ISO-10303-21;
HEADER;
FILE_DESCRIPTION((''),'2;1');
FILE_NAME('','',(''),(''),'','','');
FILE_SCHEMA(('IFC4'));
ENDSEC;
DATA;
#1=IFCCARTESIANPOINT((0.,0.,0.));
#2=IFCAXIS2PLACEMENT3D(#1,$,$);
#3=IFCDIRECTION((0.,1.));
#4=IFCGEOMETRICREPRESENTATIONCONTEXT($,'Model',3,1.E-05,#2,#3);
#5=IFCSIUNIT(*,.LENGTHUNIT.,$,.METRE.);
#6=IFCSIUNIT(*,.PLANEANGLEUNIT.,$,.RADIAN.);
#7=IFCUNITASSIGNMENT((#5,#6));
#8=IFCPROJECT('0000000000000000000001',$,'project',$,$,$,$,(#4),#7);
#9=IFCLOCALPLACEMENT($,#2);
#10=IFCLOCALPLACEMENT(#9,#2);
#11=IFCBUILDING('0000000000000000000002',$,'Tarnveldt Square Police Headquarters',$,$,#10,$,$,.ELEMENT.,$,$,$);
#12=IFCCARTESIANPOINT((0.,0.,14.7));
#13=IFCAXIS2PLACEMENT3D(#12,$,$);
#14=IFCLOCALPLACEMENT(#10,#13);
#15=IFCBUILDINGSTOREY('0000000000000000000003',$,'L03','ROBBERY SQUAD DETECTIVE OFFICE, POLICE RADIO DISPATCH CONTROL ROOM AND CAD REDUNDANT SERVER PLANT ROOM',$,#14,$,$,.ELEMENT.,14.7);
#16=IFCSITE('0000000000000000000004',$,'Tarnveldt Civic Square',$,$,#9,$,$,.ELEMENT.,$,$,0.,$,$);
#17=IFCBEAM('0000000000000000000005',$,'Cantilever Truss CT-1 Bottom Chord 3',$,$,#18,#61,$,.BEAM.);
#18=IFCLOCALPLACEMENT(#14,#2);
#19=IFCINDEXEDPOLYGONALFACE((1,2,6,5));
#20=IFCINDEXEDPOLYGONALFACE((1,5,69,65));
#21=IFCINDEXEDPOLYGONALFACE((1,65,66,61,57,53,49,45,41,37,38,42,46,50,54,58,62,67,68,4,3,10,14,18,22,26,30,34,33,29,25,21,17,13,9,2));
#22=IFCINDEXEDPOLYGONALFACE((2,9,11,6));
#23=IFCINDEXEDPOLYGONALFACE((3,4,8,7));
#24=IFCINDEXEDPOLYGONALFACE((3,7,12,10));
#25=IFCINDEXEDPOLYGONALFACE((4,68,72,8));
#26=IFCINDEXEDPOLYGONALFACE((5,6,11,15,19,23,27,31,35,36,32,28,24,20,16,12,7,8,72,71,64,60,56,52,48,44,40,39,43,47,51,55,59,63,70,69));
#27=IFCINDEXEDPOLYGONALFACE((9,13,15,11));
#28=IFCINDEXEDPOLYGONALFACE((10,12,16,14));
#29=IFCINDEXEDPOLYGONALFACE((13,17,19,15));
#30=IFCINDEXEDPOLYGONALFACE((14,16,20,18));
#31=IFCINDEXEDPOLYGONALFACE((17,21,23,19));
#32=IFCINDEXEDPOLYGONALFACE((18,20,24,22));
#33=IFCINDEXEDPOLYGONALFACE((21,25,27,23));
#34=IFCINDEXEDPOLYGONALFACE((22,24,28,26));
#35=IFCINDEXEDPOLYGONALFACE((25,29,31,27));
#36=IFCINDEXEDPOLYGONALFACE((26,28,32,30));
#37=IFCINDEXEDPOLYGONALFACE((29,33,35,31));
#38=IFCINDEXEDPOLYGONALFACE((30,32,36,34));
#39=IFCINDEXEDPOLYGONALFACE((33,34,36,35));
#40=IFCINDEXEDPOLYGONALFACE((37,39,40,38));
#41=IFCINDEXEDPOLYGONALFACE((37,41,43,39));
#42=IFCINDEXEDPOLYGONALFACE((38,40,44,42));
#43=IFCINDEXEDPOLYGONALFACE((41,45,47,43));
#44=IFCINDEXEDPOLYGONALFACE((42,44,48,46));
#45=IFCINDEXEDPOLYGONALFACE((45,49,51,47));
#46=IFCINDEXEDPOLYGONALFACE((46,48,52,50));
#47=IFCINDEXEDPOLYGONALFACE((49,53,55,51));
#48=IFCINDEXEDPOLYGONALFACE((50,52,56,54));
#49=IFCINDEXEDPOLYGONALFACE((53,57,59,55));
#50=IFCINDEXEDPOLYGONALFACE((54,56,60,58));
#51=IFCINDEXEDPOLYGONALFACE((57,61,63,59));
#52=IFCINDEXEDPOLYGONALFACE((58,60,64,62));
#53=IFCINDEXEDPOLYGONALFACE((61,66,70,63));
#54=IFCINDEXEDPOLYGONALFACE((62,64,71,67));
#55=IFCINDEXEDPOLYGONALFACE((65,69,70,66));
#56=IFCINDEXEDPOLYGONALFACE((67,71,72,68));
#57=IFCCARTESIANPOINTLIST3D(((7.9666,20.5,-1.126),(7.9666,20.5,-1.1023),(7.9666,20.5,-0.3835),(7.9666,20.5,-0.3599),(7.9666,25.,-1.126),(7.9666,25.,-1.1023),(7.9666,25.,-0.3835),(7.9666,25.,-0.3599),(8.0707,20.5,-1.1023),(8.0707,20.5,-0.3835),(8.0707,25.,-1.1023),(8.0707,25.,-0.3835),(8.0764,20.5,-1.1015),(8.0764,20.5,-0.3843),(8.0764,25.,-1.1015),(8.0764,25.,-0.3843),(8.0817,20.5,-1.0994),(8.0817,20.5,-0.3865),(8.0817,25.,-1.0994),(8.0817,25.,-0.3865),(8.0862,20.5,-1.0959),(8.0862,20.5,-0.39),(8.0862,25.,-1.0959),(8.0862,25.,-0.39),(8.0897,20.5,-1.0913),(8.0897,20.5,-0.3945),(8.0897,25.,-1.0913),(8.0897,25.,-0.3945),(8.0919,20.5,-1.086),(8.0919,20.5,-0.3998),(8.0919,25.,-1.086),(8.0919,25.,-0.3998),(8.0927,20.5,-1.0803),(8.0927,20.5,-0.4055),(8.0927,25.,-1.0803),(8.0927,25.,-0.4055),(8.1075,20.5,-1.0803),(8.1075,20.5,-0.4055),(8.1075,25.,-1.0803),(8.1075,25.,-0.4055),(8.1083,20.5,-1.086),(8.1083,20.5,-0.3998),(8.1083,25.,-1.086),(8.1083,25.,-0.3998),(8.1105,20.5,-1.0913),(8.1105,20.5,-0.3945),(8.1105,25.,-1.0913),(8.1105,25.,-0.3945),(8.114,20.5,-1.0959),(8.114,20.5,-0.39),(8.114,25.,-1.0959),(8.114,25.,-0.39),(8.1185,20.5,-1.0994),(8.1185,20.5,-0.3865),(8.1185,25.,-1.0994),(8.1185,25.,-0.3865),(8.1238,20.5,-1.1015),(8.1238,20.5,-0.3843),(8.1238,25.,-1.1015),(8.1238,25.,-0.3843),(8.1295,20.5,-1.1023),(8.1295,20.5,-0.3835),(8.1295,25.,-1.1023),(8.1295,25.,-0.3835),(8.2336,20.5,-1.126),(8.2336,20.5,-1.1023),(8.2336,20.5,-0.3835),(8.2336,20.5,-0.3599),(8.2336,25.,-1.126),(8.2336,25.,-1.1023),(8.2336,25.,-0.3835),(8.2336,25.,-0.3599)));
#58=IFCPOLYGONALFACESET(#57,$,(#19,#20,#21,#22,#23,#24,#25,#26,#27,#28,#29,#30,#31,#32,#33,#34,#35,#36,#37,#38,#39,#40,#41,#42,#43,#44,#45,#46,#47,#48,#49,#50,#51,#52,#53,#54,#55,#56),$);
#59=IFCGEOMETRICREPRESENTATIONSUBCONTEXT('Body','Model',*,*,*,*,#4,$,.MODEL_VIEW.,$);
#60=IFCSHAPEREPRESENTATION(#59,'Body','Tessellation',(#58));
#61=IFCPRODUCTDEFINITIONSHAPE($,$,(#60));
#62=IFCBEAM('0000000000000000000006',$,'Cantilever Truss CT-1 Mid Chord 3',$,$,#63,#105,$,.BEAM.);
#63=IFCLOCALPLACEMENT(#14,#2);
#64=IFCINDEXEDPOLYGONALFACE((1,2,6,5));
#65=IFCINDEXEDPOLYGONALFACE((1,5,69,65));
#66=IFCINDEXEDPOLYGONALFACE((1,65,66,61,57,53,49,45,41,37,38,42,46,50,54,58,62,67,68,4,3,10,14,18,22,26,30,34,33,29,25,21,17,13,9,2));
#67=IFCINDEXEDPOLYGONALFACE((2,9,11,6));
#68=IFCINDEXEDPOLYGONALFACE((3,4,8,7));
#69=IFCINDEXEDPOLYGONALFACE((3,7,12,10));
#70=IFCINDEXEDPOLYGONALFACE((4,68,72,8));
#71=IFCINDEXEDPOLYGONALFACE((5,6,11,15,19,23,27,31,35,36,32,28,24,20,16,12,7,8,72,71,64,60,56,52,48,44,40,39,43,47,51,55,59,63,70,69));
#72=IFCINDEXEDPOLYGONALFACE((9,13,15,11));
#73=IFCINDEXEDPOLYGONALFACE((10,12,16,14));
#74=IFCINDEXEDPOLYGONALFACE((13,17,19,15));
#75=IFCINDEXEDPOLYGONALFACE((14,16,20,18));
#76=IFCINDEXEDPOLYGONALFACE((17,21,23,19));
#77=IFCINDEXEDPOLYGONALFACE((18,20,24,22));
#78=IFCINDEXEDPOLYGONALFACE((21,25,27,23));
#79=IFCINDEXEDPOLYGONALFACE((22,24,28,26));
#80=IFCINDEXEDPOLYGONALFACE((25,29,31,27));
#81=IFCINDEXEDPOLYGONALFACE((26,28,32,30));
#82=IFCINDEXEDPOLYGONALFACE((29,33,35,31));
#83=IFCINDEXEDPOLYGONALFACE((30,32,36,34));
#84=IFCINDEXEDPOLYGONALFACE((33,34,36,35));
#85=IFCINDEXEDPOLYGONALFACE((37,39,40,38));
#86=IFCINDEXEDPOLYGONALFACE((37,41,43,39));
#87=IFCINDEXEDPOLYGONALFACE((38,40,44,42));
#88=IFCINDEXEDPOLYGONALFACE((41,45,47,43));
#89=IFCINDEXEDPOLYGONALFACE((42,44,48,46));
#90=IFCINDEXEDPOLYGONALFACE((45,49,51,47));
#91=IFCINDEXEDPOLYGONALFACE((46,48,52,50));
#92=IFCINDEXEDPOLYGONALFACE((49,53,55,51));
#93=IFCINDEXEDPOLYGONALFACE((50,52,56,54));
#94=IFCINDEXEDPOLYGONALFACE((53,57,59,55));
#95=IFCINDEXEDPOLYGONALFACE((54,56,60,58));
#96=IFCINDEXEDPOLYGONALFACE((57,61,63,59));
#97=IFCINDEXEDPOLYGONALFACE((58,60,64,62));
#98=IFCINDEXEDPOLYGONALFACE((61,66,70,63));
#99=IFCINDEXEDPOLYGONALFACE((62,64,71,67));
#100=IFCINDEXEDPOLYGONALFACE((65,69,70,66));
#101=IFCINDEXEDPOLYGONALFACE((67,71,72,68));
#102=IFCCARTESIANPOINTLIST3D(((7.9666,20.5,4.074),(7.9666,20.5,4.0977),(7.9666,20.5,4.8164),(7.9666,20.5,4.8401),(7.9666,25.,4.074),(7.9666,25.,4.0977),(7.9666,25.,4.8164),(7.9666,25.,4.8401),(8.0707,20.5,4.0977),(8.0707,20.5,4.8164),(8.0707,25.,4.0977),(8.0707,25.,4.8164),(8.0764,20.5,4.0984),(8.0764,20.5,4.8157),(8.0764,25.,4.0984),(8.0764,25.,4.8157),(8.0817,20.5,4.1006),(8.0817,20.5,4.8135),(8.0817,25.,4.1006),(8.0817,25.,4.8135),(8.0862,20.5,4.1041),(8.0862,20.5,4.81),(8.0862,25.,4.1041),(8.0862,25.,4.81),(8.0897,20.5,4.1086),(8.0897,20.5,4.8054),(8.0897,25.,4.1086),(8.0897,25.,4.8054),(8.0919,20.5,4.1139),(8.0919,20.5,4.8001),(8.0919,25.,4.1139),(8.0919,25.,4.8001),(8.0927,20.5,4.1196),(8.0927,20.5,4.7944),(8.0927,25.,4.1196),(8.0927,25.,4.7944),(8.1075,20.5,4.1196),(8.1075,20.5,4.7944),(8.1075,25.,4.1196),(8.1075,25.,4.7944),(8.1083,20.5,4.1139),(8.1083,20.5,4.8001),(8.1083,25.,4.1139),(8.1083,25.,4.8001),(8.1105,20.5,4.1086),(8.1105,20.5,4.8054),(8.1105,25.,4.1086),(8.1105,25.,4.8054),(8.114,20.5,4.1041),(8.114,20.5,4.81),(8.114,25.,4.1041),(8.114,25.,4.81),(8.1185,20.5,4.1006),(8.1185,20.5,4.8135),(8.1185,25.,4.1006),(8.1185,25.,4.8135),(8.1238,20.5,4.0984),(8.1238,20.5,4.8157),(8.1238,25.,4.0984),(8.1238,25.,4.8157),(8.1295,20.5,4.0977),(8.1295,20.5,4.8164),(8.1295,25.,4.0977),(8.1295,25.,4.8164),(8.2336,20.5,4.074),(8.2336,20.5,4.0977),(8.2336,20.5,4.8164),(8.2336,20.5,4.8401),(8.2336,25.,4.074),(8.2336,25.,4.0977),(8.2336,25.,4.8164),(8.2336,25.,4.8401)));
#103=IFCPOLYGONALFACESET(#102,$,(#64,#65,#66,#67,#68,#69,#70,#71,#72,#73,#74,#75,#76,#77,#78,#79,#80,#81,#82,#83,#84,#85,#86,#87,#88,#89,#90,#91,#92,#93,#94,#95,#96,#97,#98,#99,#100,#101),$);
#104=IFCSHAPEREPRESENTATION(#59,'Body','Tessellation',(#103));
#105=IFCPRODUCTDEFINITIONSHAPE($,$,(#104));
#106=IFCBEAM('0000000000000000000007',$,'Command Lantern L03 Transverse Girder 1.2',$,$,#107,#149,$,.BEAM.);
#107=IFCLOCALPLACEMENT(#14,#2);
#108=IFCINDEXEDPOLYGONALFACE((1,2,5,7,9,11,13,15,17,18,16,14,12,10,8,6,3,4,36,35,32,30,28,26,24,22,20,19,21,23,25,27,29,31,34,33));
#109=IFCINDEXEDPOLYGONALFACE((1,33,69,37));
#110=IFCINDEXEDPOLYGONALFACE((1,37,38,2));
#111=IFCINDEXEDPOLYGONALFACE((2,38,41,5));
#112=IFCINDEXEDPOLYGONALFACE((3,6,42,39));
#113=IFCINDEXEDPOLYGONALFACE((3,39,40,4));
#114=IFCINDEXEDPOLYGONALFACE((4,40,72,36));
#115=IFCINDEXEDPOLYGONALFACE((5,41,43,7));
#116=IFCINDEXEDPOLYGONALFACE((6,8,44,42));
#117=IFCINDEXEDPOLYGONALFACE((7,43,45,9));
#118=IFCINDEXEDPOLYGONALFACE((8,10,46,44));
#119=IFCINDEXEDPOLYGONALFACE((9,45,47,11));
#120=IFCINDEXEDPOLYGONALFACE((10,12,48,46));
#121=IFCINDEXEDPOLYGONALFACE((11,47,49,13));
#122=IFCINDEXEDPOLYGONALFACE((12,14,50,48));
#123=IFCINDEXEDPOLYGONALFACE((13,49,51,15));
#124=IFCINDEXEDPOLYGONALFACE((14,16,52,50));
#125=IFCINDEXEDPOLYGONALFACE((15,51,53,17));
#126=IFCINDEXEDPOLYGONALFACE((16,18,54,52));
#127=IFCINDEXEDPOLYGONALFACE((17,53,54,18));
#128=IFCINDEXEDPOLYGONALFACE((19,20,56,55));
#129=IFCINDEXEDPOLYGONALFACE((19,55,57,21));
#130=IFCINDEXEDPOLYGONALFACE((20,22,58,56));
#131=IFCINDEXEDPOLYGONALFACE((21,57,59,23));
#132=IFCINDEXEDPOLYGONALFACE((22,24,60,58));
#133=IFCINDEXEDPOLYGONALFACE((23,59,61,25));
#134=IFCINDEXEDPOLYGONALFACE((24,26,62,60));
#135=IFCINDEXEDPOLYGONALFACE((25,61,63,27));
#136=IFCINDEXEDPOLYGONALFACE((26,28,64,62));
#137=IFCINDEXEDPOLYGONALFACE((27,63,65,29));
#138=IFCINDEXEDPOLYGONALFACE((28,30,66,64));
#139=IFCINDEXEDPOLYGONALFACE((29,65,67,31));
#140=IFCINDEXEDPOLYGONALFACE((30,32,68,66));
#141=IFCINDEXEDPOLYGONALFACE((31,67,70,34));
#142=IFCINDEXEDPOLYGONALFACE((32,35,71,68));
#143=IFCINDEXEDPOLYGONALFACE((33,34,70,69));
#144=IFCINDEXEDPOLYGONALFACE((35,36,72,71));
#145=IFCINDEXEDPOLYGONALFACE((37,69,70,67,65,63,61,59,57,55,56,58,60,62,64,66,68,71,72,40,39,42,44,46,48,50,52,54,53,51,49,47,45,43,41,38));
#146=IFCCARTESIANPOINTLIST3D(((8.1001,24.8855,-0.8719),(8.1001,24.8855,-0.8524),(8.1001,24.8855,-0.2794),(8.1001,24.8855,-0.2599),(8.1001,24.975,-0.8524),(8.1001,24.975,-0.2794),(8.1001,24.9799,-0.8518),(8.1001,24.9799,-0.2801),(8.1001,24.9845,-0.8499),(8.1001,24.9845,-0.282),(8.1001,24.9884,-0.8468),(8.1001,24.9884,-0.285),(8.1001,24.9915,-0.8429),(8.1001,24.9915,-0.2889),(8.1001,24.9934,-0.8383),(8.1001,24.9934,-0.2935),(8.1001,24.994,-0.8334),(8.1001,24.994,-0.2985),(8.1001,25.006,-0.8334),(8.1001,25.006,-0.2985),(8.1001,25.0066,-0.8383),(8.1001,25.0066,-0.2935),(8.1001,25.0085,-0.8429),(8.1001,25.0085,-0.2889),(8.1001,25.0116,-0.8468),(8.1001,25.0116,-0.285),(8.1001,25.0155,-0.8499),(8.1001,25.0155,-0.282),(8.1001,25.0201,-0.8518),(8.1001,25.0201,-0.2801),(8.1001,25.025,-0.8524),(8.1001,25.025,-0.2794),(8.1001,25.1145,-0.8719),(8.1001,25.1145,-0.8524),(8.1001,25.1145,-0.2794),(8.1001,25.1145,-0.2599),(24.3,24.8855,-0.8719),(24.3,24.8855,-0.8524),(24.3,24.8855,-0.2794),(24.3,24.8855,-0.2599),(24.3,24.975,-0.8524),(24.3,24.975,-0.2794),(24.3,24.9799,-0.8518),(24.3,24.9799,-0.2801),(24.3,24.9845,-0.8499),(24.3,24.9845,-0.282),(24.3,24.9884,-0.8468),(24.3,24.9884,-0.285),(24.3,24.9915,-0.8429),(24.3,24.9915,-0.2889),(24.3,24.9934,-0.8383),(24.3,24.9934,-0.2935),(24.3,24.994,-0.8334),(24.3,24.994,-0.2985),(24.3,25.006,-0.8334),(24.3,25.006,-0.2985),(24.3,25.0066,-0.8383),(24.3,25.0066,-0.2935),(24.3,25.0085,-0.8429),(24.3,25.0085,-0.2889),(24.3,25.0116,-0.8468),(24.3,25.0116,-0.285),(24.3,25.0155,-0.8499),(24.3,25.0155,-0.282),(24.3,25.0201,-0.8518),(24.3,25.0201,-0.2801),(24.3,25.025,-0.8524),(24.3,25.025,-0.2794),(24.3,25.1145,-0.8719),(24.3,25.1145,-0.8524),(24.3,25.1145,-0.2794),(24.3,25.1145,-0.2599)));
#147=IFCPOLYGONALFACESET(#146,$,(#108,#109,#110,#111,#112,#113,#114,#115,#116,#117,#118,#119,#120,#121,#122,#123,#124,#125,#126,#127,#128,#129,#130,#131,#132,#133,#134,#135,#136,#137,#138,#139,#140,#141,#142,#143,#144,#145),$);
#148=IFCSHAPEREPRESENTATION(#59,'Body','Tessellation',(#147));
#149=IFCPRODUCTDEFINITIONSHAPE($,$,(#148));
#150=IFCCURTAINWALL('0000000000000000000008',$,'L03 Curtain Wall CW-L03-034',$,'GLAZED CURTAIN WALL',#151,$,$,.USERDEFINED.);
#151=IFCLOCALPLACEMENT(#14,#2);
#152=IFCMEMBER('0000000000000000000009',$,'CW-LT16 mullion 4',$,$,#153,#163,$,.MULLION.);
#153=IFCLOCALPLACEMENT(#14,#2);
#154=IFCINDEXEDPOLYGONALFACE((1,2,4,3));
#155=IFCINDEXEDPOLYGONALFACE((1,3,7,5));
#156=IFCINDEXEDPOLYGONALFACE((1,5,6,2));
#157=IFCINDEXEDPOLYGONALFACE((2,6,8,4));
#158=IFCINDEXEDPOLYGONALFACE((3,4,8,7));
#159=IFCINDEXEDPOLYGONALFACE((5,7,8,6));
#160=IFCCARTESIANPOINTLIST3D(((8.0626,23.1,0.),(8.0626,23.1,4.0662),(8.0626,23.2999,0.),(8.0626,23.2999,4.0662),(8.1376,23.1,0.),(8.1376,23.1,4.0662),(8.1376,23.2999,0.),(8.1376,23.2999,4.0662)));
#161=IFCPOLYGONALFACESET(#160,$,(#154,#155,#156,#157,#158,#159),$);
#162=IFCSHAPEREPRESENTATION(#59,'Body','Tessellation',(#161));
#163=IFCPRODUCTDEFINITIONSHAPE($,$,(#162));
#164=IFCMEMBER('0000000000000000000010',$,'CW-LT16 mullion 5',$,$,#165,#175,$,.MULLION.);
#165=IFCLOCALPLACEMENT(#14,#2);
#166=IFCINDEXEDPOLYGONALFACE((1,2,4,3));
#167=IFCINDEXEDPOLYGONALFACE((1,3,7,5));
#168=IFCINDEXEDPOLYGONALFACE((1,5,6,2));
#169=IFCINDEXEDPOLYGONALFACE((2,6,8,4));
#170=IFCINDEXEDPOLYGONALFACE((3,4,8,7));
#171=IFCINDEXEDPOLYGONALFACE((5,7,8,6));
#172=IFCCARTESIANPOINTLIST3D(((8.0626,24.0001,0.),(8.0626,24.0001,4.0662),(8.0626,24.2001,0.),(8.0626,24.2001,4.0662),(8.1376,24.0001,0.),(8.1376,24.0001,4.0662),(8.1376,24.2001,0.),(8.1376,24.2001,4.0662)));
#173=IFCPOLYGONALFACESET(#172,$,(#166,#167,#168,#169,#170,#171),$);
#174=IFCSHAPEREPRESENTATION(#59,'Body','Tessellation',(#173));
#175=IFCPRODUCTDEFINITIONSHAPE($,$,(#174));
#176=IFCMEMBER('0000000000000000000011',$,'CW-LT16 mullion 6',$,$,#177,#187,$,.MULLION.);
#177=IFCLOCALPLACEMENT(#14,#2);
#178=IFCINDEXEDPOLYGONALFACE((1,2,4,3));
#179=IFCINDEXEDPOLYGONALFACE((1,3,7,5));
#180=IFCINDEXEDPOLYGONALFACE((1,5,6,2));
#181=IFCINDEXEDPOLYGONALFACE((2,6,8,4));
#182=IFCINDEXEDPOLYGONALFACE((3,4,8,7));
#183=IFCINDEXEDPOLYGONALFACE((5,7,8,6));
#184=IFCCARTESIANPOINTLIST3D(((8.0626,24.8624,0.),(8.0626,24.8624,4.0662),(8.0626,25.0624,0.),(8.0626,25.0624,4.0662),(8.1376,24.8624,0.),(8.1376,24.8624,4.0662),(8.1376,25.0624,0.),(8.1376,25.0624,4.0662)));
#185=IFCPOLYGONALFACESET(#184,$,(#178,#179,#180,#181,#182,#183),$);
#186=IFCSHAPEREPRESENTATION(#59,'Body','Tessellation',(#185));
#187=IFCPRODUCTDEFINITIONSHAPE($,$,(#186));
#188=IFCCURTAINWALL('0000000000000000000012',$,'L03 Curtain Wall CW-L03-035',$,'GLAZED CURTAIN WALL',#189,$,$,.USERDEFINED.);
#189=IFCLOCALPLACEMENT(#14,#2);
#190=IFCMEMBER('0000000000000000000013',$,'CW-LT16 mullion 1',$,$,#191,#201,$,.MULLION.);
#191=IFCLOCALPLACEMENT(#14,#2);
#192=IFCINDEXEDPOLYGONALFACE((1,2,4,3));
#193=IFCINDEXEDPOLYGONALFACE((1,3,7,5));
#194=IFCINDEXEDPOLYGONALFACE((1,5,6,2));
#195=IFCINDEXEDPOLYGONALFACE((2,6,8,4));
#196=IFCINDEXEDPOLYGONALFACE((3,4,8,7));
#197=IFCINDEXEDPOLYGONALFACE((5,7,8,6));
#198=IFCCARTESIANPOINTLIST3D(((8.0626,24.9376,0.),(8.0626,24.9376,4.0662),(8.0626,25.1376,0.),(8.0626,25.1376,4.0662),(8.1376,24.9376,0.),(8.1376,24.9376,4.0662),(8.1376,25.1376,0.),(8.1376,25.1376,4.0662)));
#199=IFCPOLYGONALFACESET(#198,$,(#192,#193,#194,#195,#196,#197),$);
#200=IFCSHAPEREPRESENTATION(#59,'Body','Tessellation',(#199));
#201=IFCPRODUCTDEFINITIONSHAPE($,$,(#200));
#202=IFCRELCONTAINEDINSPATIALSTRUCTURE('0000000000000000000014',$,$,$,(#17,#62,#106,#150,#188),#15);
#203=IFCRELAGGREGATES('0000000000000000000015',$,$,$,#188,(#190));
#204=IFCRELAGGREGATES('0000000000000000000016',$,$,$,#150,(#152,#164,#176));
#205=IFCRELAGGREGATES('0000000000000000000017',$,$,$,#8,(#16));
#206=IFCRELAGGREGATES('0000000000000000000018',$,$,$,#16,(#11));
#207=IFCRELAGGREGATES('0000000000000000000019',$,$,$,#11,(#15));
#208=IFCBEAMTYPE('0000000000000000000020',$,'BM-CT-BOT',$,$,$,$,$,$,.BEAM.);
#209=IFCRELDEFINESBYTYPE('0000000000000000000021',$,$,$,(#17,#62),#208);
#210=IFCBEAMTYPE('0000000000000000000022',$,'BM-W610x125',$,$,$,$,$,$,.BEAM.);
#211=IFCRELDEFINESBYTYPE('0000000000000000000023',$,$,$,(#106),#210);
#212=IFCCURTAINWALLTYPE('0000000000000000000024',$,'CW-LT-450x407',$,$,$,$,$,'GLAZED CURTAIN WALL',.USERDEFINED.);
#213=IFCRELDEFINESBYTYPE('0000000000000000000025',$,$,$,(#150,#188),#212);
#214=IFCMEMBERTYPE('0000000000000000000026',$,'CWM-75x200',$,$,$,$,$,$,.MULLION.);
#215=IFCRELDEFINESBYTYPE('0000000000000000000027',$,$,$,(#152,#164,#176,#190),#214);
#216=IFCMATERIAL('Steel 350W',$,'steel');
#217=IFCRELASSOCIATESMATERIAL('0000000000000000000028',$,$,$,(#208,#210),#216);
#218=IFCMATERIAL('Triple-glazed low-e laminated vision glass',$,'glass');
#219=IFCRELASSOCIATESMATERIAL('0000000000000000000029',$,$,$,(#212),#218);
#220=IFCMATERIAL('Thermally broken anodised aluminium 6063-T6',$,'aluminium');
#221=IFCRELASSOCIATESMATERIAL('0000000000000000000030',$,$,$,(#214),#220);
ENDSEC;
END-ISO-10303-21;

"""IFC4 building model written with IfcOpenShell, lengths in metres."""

from ifc_helpers import new_model, si_unit, direction, frame, origin, origin_2d, place, context, subcontext, project, spatial, rectangle, i_section, extrude, material, material_profile, profile_set, type_object, element, aggregate, save


model = new_model("IFC4")

# Units and contexts
model_context = context("Model", 3, precision=1e-05, world=origin(), true_north=direction((0.0, 1.0)))
body_context = subcontext(model_context, "Body", "Model", "MODEL_VIEW")
ifc_project = project(units=[si_unit("LENGTHUNIT", "METRE"), si_unit("PLANEANGLEUNIT", "RADIAN")], contexts=[model_context])

# Site, building, storey
site_placement = place(None, origin())
site = spatial("IfcSite", under=ifc_project, at=site_placement, Name="Tarnveldt Civic Square", CompositionType="ELEMENT", RefElevation=0.0)
building_placement = place(site_placement, origin())
building = spatial("IfcBuilding", under=site, at=building_placement, Name="Tarnveldt Square Police Headquarters", CompositionType="ELEMENT")
storey_placement = place(building_placement, frame((0.0, 0.0, 14.7)))
storey = spatial("IfcBuildingStorey", under=building, at=storey_placement, Name="L03", Description="ROBBERY SQUAD DETECTIVE OFFICE, POLICE RADIO DISPATCH CONTROL ROOM AND CAD REDUNDANT SERVER PLANT ROOM", CompositionType="ELEMENT", Elevation=14.7)

# Beams
ifc_material_1 = material(Name="Steel 350W", Category="steel")
ifc_material_profile_1 = material_profile(ifc_material_1, i_section(OverallWidth=0.2671, OverallDepth=0.7661, WebThickness=0.0149, FlangeThickness=0.0237, FilletRadius=0.022, at=origin_2d()), Name="W760x185")
ifc_profile_set_1 = profile_set([ifc_material_profile_1], Name="Steel 350W")
beam_type_1 = type_object("IfcBeamType", Name="BM-CT-BOT", PredefinedType="BEAM", material=ifc_profile_set_1)
for number, where, z_axis, x_axis, name in (
    (1, (8.1001, 25.0, -0.7429), (0.0, -1.0, 0.0), (1.0, 0.0, 0.0), "Cantilever Truss CT-1 Bottom Chord 3"),
    (2, (8.1001, 25.0, 4.457), (0.0, -1.0, 0.0), (1.0, 0.0, 0.0), "Cantilever Truss CT-1 Mid Chord 3"),
):
    element("IfcBeam", number, at=place(storey_placement, frame(where, z_axis=z_axis, x_axis=x_axis)), inside=storey, type_object=beam_type_1, Name=name, PredefinedType="BEAM", context=body_context, shape_type="SweptSolid", body=[
        extrude(i_section(OverallWidth=0.2671, OverallDepth=0.7661, WebThickness=0.0149, FlangeThickness=0.0237, FilletRadius=0.022, at=origin_2d()), origin(), (0.0, 0.0, 1.0), 4.5),
    ])
ifc_material_profile_2 = material_profile(ifc_material_1, i_section(OverallWidth=0.229, OverallDepth=0.6121, WebThickness=0.012, FlangeThickness=0.0195, FilletRadius=0.019, at=origin_2d()), Name="W610x125")
ifc_profile_set_2 = profile_set([ifc_material_profile_2], Name="Steel 350W")
beam_type_2 = type_object("IfcBeamType", Name="BM-W610x125", PredefinedType="BEAM", material=ifc_profile_set_2)
beam_placement = place(storey_placement, frame((8.1001, 25.0, -0.5659), z_axis=(1.0, 0.0, 0.0), x_axis=(0.0, 1.0, 0.0)))
element("IfcBeam", 3, at=beam_placement, inside=storey, type_object=beam_type_2, Name="Command Lantern L03 Transverse Girder 1.2", PredefinedType="BEAM", context=body_context, shape_type="SweptSolid", body=[
    extrude(i_section(OverallWidth=0.229, OverallDepth=0.6121, WebThickness=0.012, FlangeThickness=0.0195, FilletRadius=0.019, at=origin_2d()), origin(), (0.0, 0.0, 1.0), 16.2),
])

# Curtain wall, members
ifc_material_2 = material(Name="Triple-glazed low-e laminated vision glass", Category="glass")
curtain_wall_type = type_object("IfcCurtainWallType", Name="CW-LT-450x407", ElementType="GLAZED CURTAIN WALL", PredefinedType="USERDEFINED", material=ifc_material_2)
curtain_wall_1_placement = place(storey_placement, origin())
curtain_wall_1 = element("IfcCurtainWall", 4, at=curtain_wall_1_placement, inside=storey, type_object=curtain_wall_type, Name="L03 Curtain Wall CW-L03-034", ObjectType="GLAZED CURTAIN WALL", PredefinedType="USERDEFINED")
ifc_material_3 = material(Name="Thermally broken anodised aluminium 6063-T6", Category="aluminium")
ifc_material_profile_3 = material_profile(ifc_material_3, rectangle(XDim=0.075, YDim=0.2, at=origin_2d()), Name="CW-M75x200")
ifc_profile_set_3 = profile_set([ifc_material_profile_3], Name="Thermally broken anodised aluminium 6063-T6")
member_type_1 = type_object("IfcMemberType", Name="CWM-75x200", PredefinedType="MULLION", material=ifc_profile_set_3)
member_1_placement = place(storey_placement, frame((8.1001, 23.2, 0.0), z_axis=(0.0, 0.0, 1.0), x_axis=(-1.0, 0.0, 0.0)))
member_1 = element("IfcMember", 5, at=member_1_placement, type_object=member_type_1, Name="CW-LT16 mullion 4", PredefinedType="MULLION", context=body_context, shape_type="SweptSolid", body=[
    extrude(rectangle(XDim=0.075, YDim=0.2, at=origin_2d()), origin(), (0.0, 0.0, 1.0), 4.0662),
])
member_2_placement = place(storey_placement, frame((8.1001, 24.1001, 0.0), z_axis=(0.0, 0.0, 1.0), x_axis=(-1.0, 0.0, 0.0)))
member_2 = element("IfcMember", 6, at=member_2_placement, type_object=member_type_1, Name="CW-LT16 mullion 5", PredefinedType="MULLION", context=body_context, shape_type="SweptSolid", body=[
    extrude(rectangle(XDim=0.075, YDim=0.2, at=origin_2d()), origin(), (0.0, 0.0, 1.0), 4.0662),
])
member_3_placement = place(storey_placement, frame((8.1001, 24.9624, 0.0), z_axis=(0.0, 0.0, 1.0), x_axis=(-1.0, 0.0, 0.0)))
member_3 = element("IfcMember", 7, at=member_3_placement, type_object=member_type_1, Name="CW-LT16 mullion 6", PredefinedType="MULLION", context=body_context, shape_type="SweptSolid", body=[
    extrude(rectangle(XDim=0.075, YDim=0.2, at=origin_2d()), origin(), (0.0, 0.0, 1.0), 4.0662),
])

# Curtain wall, member
curtain_wall_2_placement = place(storey_placement, origin())
curtain_wall_2 = element("IfcCurtainWall", 8, at=curtain_wall_2_placement, inside=storey, type_object=curtain_wall_type, Name="L03 Curtain Wall CW-L03-035", ObjectType="GLAZED CURTAIN WALL", PredefinedType="USERDEFINED")
member_4_placement = place(storey_placement, frame((8.1001, 25.0376, 0.0), z_axis=(0.0, 0.0, 1.0), x_axis=(-1.0, 0.0, 0.0)))
member_4 = element("IfcMember", 9, at=member_4_placement, type_object=member_type_1, Name="CW-LT16 mullion 1", PredefinedType="MULLION", context=body_context, shape_type="SweptSolid", body=[
    extrude(rectangle(XDim=0.075, YDim=0.2, at=origin_2d()), origin(), (0.0, 0.0, 1.0), 4.0662),
])

aggregate(curtain_wall_2, [member_4])

aggregate(curtain_wall_1, [member_1, member_2, member_3])

save(model, "model.ifc")
